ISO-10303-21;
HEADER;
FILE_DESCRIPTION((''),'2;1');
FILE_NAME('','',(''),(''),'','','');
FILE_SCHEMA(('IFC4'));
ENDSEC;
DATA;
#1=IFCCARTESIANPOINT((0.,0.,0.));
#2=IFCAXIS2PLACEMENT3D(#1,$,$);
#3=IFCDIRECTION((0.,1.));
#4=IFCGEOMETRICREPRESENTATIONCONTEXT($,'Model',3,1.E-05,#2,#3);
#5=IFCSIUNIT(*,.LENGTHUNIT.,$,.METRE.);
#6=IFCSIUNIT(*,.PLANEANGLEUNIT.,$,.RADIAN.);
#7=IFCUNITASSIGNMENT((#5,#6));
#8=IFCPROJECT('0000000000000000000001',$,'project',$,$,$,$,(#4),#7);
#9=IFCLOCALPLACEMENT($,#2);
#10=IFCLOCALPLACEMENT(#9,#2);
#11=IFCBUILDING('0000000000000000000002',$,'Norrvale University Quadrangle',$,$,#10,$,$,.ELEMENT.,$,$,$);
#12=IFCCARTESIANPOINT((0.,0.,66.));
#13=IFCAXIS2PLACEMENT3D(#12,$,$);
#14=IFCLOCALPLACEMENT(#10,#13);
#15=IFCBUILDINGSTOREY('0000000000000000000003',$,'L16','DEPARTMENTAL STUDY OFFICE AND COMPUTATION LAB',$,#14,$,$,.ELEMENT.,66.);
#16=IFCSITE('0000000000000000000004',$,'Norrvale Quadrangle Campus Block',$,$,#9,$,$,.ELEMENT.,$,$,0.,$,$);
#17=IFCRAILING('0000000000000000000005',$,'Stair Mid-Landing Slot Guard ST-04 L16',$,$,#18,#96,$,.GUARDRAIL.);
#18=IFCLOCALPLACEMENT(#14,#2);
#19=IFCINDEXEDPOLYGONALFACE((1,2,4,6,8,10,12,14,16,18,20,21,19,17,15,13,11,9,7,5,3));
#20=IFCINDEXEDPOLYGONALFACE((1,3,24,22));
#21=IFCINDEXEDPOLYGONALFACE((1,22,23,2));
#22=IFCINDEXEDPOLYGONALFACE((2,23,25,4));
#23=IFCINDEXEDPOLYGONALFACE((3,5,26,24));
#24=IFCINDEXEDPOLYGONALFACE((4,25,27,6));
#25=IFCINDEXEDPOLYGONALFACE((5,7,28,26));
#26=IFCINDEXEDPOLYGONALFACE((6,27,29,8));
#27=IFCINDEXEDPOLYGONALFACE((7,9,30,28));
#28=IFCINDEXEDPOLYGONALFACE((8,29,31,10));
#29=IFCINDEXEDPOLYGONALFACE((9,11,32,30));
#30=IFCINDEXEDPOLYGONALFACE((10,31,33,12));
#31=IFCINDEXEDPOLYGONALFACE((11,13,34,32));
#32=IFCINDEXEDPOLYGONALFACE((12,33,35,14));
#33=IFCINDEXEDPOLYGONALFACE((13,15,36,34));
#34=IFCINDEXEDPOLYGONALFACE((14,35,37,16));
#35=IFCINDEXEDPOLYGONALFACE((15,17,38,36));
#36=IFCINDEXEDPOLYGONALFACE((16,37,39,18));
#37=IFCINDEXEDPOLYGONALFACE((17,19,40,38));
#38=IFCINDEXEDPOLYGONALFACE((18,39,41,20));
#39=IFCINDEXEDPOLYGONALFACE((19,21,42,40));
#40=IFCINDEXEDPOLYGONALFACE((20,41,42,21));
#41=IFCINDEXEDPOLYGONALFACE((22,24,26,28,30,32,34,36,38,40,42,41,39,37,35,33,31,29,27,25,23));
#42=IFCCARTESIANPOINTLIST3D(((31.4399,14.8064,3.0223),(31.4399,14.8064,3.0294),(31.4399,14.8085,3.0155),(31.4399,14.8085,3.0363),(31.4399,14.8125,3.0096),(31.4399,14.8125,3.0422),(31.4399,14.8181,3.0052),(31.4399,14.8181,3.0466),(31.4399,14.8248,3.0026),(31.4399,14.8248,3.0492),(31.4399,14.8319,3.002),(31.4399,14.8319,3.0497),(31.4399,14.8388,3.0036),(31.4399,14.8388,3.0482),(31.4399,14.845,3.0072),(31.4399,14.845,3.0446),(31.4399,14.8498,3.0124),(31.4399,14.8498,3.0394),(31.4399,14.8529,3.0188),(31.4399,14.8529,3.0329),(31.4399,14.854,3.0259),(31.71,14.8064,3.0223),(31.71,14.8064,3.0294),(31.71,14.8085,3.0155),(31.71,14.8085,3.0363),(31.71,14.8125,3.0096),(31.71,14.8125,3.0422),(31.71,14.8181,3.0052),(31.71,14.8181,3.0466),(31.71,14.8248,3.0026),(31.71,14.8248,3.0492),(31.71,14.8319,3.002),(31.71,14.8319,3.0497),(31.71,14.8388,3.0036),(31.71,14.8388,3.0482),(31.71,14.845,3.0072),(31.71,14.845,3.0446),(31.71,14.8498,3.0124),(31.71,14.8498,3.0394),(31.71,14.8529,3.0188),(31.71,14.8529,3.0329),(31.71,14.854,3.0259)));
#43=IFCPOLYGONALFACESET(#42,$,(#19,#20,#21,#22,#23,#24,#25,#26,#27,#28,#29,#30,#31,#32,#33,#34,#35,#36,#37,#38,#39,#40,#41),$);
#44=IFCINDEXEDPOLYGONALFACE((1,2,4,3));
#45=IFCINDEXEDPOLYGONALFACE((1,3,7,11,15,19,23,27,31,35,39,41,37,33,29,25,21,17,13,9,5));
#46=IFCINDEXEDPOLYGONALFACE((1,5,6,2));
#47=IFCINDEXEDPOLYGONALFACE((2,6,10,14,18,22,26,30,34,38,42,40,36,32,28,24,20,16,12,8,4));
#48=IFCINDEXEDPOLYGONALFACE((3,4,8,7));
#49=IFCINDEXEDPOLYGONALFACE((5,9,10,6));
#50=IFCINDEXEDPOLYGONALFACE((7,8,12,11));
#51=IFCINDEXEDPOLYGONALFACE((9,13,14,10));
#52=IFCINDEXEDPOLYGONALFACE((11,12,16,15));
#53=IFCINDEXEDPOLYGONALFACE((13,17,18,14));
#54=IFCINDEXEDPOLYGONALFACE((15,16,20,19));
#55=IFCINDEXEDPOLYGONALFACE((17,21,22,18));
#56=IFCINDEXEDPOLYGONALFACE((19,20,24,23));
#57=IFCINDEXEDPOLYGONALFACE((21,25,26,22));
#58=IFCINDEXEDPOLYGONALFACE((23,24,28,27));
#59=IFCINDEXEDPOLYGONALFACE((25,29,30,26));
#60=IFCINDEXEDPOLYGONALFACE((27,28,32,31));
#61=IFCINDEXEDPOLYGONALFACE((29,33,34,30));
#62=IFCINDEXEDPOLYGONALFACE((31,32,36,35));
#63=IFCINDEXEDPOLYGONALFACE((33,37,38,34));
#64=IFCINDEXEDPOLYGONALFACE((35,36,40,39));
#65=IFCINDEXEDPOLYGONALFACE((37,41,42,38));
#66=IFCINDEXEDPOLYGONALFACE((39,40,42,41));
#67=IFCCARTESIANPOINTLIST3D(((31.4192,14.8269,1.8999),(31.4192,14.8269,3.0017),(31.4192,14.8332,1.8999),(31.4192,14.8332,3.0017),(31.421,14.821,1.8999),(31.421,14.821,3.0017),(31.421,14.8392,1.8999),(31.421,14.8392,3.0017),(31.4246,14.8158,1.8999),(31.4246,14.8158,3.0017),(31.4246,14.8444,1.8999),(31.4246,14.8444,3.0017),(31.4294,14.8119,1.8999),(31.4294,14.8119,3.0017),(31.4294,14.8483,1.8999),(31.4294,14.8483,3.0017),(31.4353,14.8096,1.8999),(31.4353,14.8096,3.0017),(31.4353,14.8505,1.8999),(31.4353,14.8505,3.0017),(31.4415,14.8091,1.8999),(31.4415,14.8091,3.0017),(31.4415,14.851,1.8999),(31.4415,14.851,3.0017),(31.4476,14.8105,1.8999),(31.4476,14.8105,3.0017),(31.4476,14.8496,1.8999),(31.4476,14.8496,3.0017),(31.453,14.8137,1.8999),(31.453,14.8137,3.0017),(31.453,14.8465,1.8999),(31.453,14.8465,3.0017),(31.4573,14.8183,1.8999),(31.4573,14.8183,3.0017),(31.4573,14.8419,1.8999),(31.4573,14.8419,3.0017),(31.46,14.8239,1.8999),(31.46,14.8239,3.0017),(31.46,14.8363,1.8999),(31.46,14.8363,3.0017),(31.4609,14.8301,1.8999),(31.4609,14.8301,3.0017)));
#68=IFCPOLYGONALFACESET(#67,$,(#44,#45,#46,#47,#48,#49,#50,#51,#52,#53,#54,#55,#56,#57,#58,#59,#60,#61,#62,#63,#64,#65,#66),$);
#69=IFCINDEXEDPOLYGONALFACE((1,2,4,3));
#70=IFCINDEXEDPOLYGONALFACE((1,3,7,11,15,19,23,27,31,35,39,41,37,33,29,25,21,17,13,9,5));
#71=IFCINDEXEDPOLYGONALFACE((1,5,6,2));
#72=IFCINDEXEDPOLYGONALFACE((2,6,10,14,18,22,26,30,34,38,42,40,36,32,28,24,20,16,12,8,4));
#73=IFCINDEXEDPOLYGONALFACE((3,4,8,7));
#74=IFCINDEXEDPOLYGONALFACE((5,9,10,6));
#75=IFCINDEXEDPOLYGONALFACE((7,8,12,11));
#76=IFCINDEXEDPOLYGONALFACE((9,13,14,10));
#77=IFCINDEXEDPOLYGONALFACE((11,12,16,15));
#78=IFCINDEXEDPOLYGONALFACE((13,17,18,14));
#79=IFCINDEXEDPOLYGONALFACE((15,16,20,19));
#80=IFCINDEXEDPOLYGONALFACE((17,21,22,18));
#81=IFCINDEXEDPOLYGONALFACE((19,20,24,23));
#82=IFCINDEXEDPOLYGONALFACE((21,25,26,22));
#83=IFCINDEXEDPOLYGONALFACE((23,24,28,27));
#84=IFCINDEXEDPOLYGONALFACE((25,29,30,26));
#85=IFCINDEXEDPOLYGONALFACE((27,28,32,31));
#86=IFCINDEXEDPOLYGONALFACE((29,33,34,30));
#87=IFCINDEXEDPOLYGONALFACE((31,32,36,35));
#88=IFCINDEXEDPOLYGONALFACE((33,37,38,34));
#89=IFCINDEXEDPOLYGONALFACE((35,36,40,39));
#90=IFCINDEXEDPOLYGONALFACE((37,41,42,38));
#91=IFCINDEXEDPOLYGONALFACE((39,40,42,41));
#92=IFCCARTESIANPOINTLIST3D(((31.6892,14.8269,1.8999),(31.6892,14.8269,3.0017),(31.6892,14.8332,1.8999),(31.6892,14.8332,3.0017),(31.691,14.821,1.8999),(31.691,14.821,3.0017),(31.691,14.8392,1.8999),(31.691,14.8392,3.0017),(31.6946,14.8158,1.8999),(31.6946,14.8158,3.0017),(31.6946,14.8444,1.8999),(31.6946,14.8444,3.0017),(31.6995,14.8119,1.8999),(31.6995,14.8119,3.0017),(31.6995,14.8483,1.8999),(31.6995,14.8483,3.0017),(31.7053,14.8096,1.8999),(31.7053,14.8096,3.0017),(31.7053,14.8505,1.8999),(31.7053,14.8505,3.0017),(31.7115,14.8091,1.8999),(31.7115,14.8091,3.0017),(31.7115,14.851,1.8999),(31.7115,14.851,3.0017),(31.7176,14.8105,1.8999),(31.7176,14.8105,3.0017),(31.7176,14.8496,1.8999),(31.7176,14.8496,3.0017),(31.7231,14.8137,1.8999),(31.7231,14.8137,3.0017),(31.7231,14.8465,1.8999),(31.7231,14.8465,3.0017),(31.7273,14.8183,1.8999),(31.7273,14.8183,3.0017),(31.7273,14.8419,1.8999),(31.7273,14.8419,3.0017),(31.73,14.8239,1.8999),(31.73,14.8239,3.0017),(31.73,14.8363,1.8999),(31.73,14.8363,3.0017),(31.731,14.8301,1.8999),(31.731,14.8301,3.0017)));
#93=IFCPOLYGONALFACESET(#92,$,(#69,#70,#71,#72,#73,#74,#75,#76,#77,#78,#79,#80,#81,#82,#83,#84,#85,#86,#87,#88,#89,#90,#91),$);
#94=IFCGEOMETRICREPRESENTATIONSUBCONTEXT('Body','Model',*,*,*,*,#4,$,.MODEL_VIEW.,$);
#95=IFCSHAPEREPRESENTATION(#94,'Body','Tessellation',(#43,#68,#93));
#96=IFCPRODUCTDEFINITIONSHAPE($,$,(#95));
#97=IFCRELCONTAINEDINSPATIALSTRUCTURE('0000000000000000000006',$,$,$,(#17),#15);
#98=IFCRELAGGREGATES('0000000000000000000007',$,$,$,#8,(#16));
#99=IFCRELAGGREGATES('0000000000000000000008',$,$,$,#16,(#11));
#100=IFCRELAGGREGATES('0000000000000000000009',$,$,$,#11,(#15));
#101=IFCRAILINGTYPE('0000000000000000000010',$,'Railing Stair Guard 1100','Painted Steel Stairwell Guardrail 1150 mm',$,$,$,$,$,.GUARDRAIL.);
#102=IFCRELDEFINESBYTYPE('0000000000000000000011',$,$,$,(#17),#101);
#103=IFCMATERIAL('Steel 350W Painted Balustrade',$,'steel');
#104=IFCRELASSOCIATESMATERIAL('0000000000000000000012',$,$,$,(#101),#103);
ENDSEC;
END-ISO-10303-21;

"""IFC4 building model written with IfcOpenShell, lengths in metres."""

from ifc_helpers import new_model, si_unit, direction, frame, origin, origin_2d, place, context, subcontext, project, spatial, circle, extrude, material, type_object, element, save


model = new_model("IFC4")

# Units and contexts
model_context = context("Model", 3, precision=1e-05, world=origin(), true_north=direction((0.0, 1.0)))
body_context = subcontext(model_context, "Body", "Model", "MODEL_VIEW")
ifc_project = project(units=[si_unit("LENGTHUNIT", "METRE"), si_unit("PLANEANGLEUNIT", "RADIAN")], contexts=[model_context])

# Site, building, storey
site_placement = place(None, origin())
site = spatial("IfcSite", under=ifc_project, at=site_placement, Name="Norrvale Quadrangle Campus Block", CompositionType="ELEMENT", RefElevation=0.0)
building_placement = place(site_placement, origin())
building = spatial("IfcBuilding", under=site, at=building_placement, Name="Norrvale University Quadrangle", CompositionType="ELEMENT")
storey_placement = place(building_placement, frame((0.0, 0.0, 66.0)))
storey = spatial("IfcBuildingStorey", under=building, at=storey_placement, Name="L16", Description="DEPARTMENTAL STUDY OFFICE AND COMPUTATION LAB", CompositionType="ELEMENT", Elevation=66.0)

# Railing
ifc_material_1 = material(Name="Steel 350W Painted Balustrade", Category="steel")
railing_type_1 = type_object("IfcRailingType", Name="Railing Stair Guard 1100", Description="Painted Steel Stairwell Guardrail 1150 mm", PredefinedType="GUARDRAIL", material=ifc_material_1)
for number, where, name in (
    (1, (31.4399, 14.8301, 1.8999), "Stair Mid-Landing Slot Guard ST-04 L16"),
):
    element("IfcRailing", number, at=place(storey_placement, frame(where)), inside=storey, type_object=railing_type_1, Name=name, PredefinedType="GUARDRAIL", context=body_context, shape_type="SweptSolid", body=[
        extrude(circle(Radius=0.0239, at=origin_2d()), frame((0.0, 0.0, 1.126), z_axis=(1.0, 0.0, 0.0), x_axis=(0.0, 1.0, 0.0)), (0.0, 0.0, 1.0), 0.27),
        extrude(circle(Radius=0.021, at=origin_2d()), origin(), (0.0, 0.0, 1.0), 1.1018),
        extrude(circle(Radius=0.021, at=origin_2d()), frame((0.27, 0.0, 0.0)), (0.0, 0.0, 1.0), 1.1018),
    ])

save(model, "model.ifc")
